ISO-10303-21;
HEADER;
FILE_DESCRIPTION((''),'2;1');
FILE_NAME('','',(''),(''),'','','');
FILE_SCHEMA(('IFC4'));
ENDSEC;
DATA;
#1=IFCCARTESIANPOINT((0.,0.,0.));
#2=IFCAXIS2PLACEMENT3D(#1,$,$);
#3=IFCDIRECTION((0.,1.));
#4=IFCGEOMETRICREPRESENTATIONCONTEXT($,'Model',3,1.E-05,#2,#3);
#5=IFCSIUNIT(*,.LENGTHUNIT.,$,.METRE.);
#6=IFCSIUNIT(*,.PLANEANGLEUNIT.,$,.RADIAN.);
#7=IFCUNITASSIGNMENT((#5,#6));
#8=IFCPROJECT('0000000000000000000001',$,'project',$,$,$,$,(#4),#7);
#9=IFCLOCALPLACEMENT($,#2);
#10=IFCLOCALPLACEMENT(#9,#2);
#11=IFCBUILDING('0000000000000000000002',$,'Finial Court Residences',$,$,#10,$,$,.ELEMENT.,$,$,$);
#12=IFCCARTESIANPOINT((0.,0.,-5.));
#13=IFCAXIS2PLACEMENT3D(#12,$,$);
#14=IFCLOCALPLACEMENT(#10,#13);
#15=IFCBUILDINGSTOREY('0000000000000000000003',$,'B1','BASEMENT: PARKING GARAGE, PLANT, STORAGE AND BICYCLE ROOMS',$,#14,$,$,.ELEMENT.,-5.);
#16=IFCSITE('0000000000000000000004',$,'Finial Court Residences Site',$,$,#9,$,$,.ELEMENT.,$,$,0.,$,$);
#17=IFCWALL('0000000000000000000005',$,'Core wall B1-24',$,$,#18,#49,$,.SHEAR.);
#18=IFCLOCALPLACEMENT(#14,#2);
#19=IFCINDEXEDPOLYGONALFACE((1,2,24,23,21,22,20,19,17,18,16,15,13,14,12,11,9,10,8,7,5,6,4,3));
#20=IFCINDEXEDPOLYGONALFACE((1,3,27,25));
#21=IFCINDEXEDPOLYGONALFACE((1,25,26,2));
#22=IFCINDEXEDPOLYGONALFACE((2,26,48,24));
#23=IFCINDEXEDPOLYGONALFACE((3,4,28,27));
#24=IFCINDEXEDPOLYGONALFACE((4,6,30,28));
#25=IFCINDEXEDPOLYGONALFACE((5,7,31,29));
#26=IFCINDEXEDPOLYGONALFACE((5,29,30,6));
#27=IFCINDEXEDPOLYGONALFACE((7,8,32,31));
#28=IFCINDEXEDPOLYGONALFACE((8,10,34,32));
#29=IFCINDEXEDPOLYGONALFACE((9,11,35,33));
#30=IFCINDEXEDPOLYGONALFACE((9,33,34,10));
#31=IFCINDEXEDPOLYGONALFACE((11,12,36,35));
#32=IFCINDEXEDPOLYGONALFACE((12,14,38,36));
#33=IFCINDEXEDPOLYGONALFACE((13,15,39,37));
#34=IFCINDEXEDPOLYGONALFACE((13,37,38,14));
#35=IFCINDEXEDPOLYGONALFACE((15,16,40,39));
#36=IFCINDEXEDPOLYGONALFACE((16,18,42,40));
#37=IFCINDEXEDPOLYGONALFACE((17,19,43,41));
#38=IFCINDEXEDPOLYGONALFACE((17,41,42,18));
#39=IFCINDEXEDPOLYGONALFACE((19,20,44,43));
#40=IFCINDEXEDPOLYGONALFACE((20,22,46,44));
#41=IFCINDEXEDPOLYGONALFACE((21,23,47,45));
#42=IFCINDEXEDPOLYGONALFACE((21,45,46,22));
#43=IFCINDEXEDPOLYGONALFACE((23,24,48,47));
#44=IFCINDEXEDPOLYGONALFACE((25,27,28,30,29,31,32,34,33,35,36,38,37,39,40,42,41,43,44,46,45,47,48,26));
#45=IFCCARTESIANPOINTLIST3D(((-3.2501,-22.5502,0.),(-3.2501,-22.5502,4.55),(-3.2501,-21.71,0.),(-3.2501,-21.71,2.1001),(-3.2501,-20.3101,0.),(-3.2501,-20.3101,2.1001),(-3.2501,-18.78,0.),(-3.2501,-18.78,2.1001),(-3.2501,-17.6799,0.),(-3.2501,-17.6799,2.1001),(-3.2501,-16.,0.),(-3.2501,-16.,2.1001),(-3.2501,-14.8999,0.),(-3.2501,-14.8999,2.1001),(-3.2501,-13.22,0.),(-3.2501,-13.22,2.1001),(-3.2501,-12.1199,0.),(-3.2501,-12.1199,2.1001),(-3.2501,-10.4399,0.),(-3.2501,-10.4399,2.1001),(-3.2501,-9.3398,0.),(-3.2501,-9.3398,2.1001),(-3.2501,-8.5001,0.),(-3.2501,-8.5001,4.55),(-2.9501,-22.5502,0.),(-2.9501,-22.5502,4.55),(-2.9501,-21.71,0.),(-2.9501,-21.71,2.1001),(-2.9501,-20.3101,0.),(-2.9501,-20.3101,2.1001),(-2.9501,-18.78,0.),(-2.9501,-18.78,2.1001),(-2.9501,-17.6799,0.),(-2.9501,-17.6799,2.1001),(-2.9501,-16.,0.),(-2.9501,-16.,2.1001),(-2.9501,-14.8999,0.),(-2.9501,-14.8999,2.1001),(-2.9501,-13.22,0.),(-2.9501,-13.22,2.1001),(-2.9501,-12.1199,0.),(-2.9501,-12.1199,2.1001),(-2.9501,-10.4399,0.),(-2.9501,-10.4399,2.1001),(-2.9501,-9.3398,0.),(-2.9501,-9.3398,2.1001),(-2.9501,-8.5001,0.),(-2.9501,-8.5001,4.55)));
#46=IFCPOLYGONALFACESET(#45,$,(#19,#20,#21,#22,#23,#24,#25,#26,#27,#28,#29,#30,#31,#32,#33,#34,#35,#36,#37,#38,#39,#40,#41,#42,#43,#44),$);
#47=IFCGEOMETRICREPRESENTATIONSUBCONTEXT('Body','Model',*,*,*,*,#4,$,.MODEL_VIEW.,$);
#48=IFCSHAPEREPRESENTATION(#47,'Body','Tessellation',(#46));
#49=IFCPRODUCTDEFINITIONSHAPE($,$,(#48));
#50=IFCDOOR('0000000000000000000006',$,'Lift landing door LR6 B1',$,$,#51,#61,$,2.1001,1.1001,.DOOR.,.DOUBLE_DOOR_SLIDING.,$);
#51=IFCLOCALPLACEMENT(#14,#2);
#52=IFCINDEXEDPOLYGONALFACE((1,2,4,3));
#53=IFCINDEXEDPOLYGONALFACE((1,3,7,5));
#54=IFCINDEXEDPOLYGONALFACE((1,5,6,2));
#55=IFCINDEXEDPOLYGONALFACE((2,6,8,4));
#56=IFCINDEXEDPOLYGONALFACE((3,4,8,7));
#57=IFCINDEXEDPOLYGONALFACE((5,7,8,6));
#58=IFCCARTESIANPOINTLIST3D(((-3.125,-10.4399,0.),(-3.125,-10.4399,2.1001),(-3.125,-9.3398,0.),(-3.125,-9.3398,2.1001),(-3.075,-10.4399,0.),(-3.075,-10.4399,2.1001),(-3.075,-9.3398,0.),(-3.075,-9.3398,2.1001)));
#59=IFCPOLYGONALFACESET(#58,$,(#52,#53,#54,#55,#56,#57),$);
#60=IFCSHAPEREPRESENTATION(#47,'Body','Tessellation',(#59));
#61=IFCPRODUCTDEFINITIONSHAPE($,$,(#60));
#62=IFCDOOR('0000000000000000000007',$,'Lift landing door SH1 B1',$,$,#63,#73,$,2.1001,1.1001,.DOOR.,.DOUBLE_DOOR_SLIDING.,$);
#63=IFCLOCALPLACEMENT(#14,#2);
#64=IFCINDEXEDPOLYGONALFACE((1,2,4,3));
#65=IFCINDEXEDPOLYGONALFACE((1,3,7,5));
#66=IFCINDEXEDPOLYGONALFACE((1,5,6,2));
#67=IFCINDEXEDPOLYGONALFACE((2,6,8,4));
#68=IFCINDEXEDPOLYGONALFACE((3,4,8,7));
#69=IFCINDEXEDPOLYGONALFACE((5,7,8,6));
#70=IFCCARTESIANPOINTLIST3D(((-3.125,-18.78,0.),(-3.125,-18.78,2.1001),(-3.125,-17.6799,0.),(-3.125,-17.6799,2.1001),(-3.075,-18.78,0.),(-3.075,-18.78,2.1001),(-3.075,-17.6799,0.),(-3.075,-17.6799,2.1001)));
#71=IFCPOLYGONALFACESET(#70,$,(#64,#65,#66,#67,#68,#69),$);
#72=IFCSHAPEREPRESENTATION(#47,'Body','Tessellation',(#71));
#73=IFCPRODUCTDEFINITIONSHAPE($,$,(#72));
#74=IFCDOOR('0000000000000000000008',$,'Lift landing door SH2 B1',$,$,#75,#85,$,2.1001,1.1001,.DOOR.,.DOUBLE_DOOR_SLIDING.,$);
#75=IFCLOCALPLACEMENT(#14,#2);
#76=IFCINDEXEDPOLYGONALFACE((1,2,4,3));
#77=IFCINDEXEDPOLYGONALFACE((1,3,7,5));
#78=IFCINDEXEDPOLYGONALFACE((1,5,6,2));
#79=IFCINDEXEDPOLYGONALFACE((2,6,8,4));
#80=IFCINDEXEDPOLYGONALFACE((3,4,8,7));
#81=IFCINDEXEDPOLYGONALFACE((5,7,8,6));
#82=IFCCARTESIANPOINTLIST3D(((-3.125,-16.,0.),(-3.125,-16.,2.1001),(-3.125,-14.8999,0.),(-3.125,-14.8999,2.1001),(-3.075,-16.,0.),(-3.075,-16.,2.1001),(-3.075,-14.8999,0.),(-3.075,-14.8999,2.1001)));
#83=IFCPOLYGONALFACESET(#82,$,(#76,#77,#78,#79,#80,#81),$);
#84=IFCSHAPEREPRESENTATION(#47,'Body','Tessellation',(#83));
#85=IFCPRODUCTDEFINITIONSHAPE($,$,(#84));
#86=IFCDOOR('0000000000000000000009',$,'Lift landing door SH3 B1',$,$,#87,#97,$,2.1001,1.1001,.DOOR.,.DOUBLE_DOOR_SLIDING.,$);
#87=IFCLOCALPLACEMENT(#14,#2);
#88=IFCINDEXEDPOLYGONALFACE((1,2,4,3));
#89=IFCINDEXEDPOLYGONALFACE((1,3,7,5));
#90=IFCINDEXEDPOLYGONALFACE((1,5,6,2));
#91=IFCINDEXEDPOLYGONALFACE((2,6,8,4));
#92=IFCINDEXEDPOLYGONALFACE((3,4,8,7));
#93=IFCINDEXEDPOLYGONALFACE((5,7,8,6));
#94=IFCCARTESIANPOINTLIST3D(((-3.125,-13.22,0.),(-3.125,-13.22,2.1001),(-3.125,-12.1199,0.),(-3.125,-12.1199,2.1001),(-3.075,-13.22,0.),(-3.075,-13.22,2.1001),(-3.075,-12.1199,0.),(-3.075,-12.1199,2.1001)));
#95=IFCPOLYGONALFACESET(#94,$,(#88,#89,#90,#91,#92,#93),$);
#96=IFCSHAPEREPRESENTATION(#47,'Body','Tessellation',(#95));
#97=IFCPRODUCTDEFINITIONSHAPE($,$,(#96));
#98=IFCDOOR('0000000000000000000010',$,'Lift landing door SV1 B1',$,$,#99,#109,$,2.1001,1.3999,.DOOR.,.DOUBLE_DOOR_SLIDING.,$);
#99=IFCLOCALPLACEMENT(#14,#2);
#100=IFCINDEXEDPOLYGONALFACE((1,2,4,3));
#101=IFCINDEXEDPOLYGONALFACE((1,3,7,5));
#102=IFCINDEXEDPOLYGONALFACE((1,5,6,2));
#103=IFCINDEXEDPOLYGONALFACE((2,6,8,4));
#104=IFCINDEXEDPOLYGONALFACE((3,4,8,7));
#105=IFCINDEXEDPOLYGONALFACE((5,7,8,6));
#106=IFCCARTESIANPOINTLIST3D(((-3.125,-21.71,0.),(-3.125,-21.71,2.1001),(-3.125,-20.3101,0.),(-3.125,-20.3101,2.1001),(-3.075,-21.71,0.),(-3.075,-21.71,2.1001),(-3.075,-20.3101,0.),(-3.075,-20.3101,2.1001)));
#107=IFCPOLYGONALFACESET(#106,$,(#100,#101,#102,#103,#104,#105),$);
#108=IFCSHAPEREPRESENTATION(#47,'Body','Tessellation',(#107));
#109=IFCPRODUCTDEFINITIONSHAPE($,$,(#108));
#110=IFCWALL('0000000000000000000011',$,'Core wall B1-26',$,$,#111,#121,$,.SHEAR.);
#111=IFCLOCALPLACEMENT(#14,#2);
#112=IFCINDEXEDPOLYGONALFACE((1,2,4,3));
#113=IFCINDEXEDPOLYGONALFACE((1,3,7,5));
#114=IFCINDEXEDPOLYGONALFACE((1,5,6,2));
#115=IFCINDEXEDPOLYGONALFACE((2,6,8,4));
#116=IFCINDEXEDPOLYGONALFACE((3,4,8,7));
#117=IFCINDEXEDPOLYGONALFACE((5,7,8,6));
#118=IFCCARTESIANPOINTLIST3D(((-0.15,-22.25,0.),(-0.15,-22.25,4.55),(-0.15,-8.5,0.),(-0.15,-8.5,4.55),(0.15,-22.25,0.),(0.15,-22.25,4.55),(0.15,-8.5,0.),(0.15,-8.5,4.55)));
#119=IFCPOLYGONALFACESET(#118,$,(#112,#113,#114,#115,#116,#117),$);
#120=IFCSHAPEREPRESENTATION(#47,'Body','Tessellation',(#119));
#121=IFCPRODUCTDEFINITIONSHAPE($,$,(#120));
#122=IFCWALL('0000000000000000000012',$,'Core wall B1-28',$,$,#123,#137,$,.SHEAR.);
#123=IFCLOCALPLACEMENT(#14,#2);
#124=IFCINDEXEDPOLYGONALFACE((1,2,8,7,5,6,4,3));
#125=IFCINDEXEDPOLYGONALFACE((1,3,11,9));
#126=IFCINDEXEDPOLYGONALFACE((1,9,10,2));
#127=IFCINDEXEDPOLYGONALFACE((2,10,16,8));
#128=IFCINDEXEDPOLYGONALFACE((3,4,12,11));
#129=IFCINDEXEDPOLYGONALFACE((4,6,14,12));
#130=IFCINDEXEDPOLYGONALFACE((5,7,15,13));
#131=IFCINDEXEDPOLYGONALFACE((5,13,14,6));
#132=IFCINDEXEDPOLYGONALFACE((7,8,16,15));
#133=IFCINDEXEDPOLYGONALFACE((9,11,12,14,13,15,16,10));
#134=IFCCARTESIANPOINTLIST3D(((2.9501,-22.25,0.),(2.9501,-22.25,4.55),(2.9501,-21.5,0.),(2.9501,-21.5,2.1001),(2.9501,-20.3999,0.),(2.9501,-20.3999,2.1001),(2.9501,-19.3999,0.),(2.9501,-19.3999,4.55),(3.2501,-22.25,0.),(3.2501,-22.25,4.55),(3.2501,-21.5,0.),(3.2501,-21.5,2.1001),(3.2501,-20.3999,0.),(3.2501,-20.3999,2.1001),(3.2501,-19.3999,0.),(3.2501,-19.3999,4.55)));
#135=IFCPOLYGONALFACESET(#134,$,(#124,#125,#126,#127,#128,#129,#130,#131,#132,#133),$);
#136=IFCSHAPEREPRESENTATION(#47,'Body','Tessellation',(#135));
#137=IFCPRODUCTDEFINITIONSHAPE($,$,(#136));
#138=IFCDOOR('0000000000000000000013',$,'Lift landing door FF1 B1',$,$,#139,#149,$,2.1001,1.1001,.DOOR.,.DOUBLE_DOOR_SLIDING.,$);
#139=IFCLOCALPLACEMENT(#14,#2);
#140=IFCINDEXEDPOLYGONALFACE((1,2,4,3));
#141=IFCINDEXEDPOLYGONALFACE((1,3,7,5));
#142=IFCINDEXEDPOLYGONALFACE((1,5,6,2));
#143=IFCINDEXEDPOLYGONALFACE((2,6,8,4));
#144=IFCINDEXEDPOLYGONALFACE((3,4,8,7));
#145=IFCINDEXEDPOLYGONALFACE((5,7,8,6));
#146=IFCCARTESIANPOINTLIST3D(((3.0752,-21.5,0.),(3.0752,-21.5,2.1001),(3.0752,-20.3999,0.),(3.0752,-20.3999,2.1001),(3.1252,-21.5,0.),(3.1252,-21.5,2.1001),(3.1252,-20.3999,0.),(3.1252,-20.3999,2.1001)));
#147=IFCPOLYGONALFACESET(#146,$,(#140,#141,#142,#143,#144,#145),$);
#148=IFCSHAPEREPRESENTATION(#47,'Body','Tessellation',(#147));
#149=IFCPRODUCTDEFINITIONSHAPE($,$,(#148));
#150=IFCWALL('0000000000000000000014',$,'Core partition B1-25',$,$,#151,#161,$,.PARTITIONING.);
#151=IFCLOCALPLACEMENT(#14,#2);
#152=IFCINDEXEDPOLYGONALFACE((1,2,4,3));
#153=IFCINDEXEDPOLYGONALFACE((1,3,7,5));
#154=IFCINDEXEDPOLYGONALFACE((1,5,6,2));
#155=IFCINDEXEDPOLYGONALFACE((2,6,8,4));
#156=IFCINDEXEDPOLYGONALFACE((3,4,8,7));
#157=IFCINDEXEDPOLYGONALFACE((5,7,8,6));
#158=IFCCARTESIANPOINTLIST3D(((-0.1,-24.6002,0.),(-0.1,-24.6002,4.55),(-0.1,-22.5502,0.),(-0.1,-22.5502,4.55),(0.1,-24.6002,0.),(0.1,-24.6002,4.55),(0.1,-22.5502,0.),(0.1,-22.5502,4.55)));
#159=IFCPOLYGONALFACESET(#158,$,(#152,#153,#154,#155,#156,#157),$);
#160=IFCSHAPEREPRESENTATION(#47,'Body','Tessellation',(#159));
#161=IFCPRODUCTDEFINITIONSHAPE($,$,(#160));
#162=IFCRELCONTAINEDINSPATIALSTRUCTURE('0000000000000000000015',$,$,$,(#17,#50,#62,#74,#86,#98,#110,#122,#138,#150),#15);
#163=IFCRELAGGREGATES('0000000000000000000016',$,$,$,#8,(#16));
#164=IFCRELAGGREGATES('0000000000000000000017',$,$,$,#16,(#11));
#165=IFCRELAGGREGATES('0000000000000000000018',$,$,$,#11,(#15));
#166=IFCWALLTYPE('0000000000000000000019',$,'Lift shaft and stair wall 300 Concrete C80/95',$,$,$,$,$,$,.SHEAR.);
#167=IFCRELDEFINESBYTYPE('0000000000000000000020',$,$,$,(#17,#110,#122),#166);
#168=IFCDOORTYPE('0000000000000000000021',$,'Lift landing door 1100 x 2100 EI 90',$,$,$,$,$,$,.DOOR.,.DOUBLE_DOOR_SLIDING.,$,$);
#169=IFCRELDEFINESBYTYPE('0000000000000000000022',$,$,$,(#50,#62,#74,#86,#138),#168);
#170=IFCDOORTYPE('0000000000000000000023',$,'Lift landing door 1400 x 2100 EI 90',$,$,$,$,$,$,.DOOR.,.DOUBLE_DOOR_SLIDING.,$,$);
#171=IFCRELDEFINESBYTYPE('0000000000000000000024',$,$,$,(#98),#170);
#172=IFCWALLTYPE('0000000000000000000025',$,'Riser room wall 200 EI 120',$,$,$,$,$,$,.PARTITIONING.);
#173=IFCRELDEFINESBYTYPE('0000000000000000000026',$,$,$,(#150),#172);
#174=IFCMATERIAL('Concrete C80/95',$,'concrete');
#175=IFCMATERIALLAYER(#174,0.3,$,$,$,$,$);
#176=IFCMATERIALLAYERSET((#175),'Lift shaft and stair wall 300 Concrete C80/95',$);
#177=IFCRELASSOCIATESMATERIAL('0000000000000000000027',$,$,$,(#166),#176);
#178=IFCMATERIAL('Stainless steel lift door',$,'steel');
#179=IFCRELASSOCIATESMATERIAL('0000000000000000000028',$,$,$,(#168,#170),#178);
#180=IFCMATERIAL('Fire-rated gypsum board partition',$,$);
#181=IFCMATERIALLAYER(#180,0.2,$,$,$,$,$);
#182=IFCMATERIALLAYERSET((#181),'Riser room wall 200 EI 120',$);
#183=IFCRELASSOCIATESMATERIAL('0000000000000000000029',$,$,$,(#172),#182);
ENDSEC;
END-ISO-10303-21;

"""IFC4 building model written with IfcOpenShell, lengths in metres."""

from ifc_helpers import new_model, si_unit, direction, frame, frame_2d, origin, place, context, subcontext, project, spatial, rectangle, extrude, material, layer, layer_set, type_object, element, fill, save


model = new_model("IFC4")

# Units and contexts
model_context = context("Model", 3, precision=1e-05, world=origin(), true_north=direction((0.0, 1.0)))
body_context = subcontext(model_context, "Body", "Model", "MODEL_VIEW")
ifc_project = project(units=[si_unit("LENGTHUNIT", "METRE"), si_unit("PLANEANGLEUNIT", "RADIAN")], contexts=[model_context])

# Site, building, storey
site_placement = place(None, origin())
site = spatial("IfcSite", under=ifc_project, at=site_placement, Name="Finial Court Residences Site", CompositionType="ELEMENT", RefElevation=0.0)
building_placement = place(site_placement, origin())
building = spatial("IfcBuilding", under=site, at=building_placement, Name="Finial Court Residences", CompositionType="ELEMENT")
storey_placement = place(building_placement, frame((0.0, 0.0, -5.0)))
storey = spatial("IfcBuildingStorey", under=building, at=storey_placement, Name="B1", Description="BASEMENT: PARKING GARAGE, PLANT, STORAGE AND BICYCLE ROOMS", CompositionType="ELEMENT", Elevation=-5.0)

# Shared definitions
ifc_material_1 = material(Name="Fire-rated gypsum board partition")

# Shared definitions
ifc_material_2 = material(Name="Concrete C80/95", Category="concrete")
ifc_layer_1 = layer(ifc_material_2, 0.3)
ifc_layer_set_1 = layer_set([ifc_layer_1], Name="Lift shaft and stair wall 300 Concrete C80/95")
wall_type_1 = type_object("IfcWallType", Name="Lift shaft and stair wall 300 Concrete C80/95", PredefinedType="SHEAR", material=ifc_layer_set_1)

# Wall, openings, doors
wall_1_placement = place(storey_placement, frame((-3.1001, -22.55, 0.0), z_axis=(0.0, 0.0, 1.0), x_axis=(0.0, 1.0, 0.0)))
wall_1 = element("IfcWall", 1, at=wall_1_placement, inside=storey, type_object=wall_type_1, Name="Core wall B1-24", PredefinedType="SHEAR", context=body_context, shape_type="SweptSolid", body=[
    extrude(rectangle(XDim=14.05, YDim=0.3, at=frame_2d((7.0249, 0.0))), origin(), (0.0, 0.0, 1.0), 4.55),
])
opening_1_placement = place(wall_1_placement, frame((12.1101, 0.0, 0.0)))
opening_1 = element("IfcOpeningElement", 2, at=opening_1_placement, cuts=wall_1, PredefinedType="OPENING", context=body_context, shape_type="SweptSolid", body=[
    extrude(rectangle(XDim=1.1001, YDim=2.1001, at=frame_2d((0.55, 1.05))), frame((0.0, 0.1599, 0.0), z_axis=(0.0, -1.0, 0.0), x_axis=(1.0, 0.0, 0.0)), (0.0, 0.0, 1.0), 0.3201),
])
opening_2_placement = place(wall_1_placement, frame((3.77, 0.0, 0.0)))
opening_2 = element("IfcOpeningElement", 3, at=opening_2_placement, cuts=wall_1, PredefinedType="OPENING", context=body_context, shape_type="SweptSolid", body=[
    extrude(rectangle(XDim=1.1001, YDim=2.1001, at=frame_2d((0.55, 1.05))), frame((0.0, 0.1599, 0.0), z_axis=(0.0, -1.0, 0.0), x_axis=(1.0, 0.0, 0.0)), (0.0, 0.0, 1.0), 0.3201),
])
opening_3_placement = place(wall_1_placement, frame((6.55, 0.0, 0.0)))
opening_3 = element("IfcOpeningElement", 4, at=opening_3_placement, cuts=wall_1, PredefinedType="OPENING", context=body_context, shape_type="SweptSolid", body=[
    extrude(rectangle(XDim=1.1001, YDim=2.1001, at=frame_2d((0.55, 1.05))), frame((0.0, 0.1599, 0.0), z_axis=(0.0, -1.0, 0.0), x_axis=(1.0, 0.0, 0.0)), (0.0, 0.0, 1.0), 0.3201),
])
opening_4_placement = place(wall_1_placement, frame((9.3301, 0.0, 0.0)))
opening_4 = element("IfcOpeningElement", 5, at=opening_4_placement, cuts=wall_1, PredefinedType="OPENING", context=body_context, shape_type="SweptSolid", body=[
    extrude(rectangle(XDim=1.1001, YDim=2.1001, at=frame_2d((0.55, 1.05))), frame((0.0, 0.1599, 0.0), z_axis=(0.0, -1.0, 0.0), x_axis=(1.0, 0.0, 0.0)), (0.0, 0.0, 1.0), 0.3201),
])
opening_5_placement = place(wall_1_placement, frame((0.8401, 0.0, 0.0)))
opening_5 = element("IfcOpeningElement", 6, at=opening_5_placement, cuts=wall_1, PredefinedType="OPENING", context=body_context, shape_type="SweptSolid", body=[
    extrude(rectangle(XDim=1.3999, YDim=2.1001, at=frame_2d((0.7, 1.05))), frame((0.0, 0.1599, 0.0), z_axis=(0.0, -1.0, 0.0), x_axis=(1.0, 0.0, 0.0)), (0.0, 0.0, 1.0), 0.3201),
])
ifc_material_3 = material(Name="Stainless steel lift door", Category="steel")
door_type_1 = type_object("IfcDoorType", Name="Lift landing door 1100 x 2100 EI 90", OperationType="DOUBLE_DOOR_SLIDING", PredefinedType="DOOR", material=ifc_material_3)
door_1_placement = place(opening_1_placement, origin())
door_1 = element("IfcDoor", 7, at=door_1_placement, inside=storey, type_object=door_type_1, Name="Lift landing door LR6 B1", OperationType="DOUBLE_DOOR_SLIDING", OverallHeight=2.1001, OverallWidth=1.1001, PredefinedType="DOOR", context=body_context, shape_type="SweptSolid", body=[
    extrude(rectangle(XDim=1.1001, YDim=2.1001, at=frame_2d((0.55, 1.05))), frame((0.0, 0.0249, 0.0), z_axis=(0.0, -1.0, 0.0), x_axis=(1.0, 0.0, 0.0)), (0.0, 0.0, 1.0), 0.05),
])
fill(opening_1, door_1)
door_2_placement = place(opening_2_placement, origin())
door_2 = element("IfcDoor", 8, at=door_2_placement, inside=storey, type_object=door_type_1, Name="Lift landing door SH1 B1", OperationType="DOUBLE_DOOR_SLIDING", OverallHeight=2.1001, OverallWidth=1.1001, PredefinedType="DOOR", context=body_context, shape_type="SweptSolid", body=[
    extrude(rectangle(XDim=1.1001, YDim=2.1001, at=frame_2d((0.55, 1.05))), frame((0.0, 0.0249, 0.0), z_axis=(0.0, -1.0, 0.0), x_axis=(1.0, 0.0, 0.0)), (0.0, 0.0, 1.0), 0.05),
])
fill(opening_2, door_2)
door_3_placement = place(opening_3_placement, origin())
door_3 = element("IfcDoor", 9, at=door_3_placement, inside=storey, type_object=door_type_1, Name="Lift landing door SH2 B1", OperationType="DOUBLE_DOOR_SLIDING", OverallHeight=2.1001, OverallWidth=1.1001, PredefinedType="DOOR", context=body_context, shape_type="SweptSolid", body=[
    extrude(rectangle(XDim=1.1001, YDim=2.1001, at=frame_2d((0.55, 1.05))), frame((0.0, 0.0249, 0.0), z_axis=(0.0, -1.0, 0.0), x_axis=(1.0, 0.0, 0.0)), (0.0, 0.0, 1.0), 0.05),
])
fill(opening_3, door_3)
door_4_placement = place(opening_4_placement, origin())
door_4 = element("IfcDoor", 10, at=door_4_placement, inside=storey, type_object=door_type_1, Name="Lift landing door SH3 B1", OperationType="DOUBLE_DOOR_SLIDING", OverallHeight=2.1001, OverallWidth=1.1001, PredefinedType="DOOR", context=body_context, shape_type="SweptSolid", body=[
    extrude(rectangle(XDim=1.1001, YDim=2.1001, at=frame_2d((0.55, 1.05))), frame((0.0, 0.0249, 0.0), z_axis=(0.0, -1.0, 0.0), x_axis=(1.0, 0.0, 0.0)), (0.0, 0.0, 1.0), 0.05),
])
fill(opening_4, door_4)
door_type_2 = type_object("IfcDoorType", Name="Lift landing door 1400 x 2100 EI 90", OperationType="DOUBLE_DOOR_SLIDING", PredefinedType="DOOR", material=ifc_material_3)
door_5_placement = place(opening_5_placement, origin())
door_5 = element("IfcDoor", 11, at=door_5_placement, inside=storey, type_object=door_type_2, Name="Lift landing door SV1 B1", OperationType="DOUBLE_DOOR_SLIDING", OverallHeight=2.1001, OverallWidth=1.3999, PredefinedType="DOOR", context=body_context, shape_type="SweptSolid", body=[
    extrude(rectangle(XDim=1.3999, YDim=2.1001, at=frame_2d((0.7, 1.05))), frame((0.0, 0.0249, 0.0), z_axis=(0.0, -1.0, 0.0), x_axis=(1.0, 0.0, 0.0)), (0.0, 0.0, 1.0), 0.05),
])
fill(opening_5, door_5)

# Wall
wall_2_placement = place(storey_placement, frame((0.0, -22.25, 0.0), z_axis=(0.0, 0.0, 1.0), x_axis=(0.0, 1.0, 0.0)))
element("IfcWall", 12, at=wall_2_placement, inside=storey, type_object=wall_type_1, Name="Core wall B1-26", PredefinedType="SHEAR", context=body_context, shape_type="SweptSolid", body=[
    extrude(rectangle(XDim=13.75, YDim=0.3, at=frame_2d((6.875, 0.0))), origin(), (0.0, 0.0, 1.0), 4.55),
])

# Wall, opening, door
wall_3_placement = place(storey_placement, frame((3.1001, -22.25, 0.0), z_axis=(0.0, 0.0, 1.0), x_axis=(0.0, 1.0, 0.0)))
wall_3 = element("IfcWall", 13, at=wall_3_placement, inside=storey, type_object=wall_type_1, Name="Core wall B1-28", PredefinedType="SHEAR", context=body_context, shape_type="SweptSolid", body=[
    extrude(rectangle(XDim=2.8501, YDim=0.3, at=frame_2d((1.425, 0.0))), origin(), (0.0, 0.0, 1.0), 4.55),
])
opening_6_placement = place(wall_3_placement, frame((0.75, 0.0, 0.0)))
opening_6 = element("IfcOpeningElement", 14, at=opening_6_placement, cuts=wall_3, PredefinedType="OPENING", context=body_context, shape_type="SweptSolid", body=[
    extrude(rectangle(XDim=1.1001, YDim=2.1001, at=frame_2d((0.55, 1.05))), frame((0.0, 0.1599, 0.0), z_axis=(0.0, -1.0, 0.0), x_axis=(1.0, 0.0, 0.0)), (0.0, 0.0, 1.0), 0.3201),
])
door_6_placement = place(opening_6_placement, origin())
door_6 = element("IfcDoor", 15, at=door_6_placement, inside=storey, type_object=door_type_1, Name="Lift landing door FF1 B1", OperationType="DOUBLE_DOOR_SLIDING", OverallHeight=2.1001, OverallWidth=1.1001, PredefinedType="DOOR", context=body_context, shape_type="SweptSolid", body=[
    extrude(rectangle(XDim=1.1001, YDim=2.1001, at=frame_2d((0.55, 1.05))), frame((0.0, 0.0249, 0.0), z_axis=(0.0, -1.0, 0.0), x_axis=(1.0, 0.0, 0.0)), (0.0, 0.0, 1.0), 0.05),
])
fill(opening_6, door_6)

# Wall
ifc_layer_2 = layer(ifc_material_1, 0.2)
ifc_layer_set_2 = layer_set([ifc_layer_2], Name="Riser room wall 200 EI 120")
wall_type_2 = type_object("IfcWallType", Name="Riser room wall 200 EI 120", PredefinedType="PARTITIONING", material=ifc_layer_set_2)
wall_4_placement = place(storey_placement, frame((0.0, -24.6001, 0.0), z_axis=(0.0, 0.0, 1.0), x_axis=(0.0, 1.0, 0.0)))
element("IfcWall", 16, at=wall_4_placement, inside=storey, type_object=wall_type_2, Name="Core partition B1-25", PredefinedType="PARTITIONING", context=body_context, shape_type="SweptSolid", body=[
    extrude(rectangle(XDim=2.05, YDim=0.2, at=frame_2d((1.0249, 0.0))), origin(), (0.0, 0.0, 1.0), 4.55),
])

save(model, "model.ifc")
